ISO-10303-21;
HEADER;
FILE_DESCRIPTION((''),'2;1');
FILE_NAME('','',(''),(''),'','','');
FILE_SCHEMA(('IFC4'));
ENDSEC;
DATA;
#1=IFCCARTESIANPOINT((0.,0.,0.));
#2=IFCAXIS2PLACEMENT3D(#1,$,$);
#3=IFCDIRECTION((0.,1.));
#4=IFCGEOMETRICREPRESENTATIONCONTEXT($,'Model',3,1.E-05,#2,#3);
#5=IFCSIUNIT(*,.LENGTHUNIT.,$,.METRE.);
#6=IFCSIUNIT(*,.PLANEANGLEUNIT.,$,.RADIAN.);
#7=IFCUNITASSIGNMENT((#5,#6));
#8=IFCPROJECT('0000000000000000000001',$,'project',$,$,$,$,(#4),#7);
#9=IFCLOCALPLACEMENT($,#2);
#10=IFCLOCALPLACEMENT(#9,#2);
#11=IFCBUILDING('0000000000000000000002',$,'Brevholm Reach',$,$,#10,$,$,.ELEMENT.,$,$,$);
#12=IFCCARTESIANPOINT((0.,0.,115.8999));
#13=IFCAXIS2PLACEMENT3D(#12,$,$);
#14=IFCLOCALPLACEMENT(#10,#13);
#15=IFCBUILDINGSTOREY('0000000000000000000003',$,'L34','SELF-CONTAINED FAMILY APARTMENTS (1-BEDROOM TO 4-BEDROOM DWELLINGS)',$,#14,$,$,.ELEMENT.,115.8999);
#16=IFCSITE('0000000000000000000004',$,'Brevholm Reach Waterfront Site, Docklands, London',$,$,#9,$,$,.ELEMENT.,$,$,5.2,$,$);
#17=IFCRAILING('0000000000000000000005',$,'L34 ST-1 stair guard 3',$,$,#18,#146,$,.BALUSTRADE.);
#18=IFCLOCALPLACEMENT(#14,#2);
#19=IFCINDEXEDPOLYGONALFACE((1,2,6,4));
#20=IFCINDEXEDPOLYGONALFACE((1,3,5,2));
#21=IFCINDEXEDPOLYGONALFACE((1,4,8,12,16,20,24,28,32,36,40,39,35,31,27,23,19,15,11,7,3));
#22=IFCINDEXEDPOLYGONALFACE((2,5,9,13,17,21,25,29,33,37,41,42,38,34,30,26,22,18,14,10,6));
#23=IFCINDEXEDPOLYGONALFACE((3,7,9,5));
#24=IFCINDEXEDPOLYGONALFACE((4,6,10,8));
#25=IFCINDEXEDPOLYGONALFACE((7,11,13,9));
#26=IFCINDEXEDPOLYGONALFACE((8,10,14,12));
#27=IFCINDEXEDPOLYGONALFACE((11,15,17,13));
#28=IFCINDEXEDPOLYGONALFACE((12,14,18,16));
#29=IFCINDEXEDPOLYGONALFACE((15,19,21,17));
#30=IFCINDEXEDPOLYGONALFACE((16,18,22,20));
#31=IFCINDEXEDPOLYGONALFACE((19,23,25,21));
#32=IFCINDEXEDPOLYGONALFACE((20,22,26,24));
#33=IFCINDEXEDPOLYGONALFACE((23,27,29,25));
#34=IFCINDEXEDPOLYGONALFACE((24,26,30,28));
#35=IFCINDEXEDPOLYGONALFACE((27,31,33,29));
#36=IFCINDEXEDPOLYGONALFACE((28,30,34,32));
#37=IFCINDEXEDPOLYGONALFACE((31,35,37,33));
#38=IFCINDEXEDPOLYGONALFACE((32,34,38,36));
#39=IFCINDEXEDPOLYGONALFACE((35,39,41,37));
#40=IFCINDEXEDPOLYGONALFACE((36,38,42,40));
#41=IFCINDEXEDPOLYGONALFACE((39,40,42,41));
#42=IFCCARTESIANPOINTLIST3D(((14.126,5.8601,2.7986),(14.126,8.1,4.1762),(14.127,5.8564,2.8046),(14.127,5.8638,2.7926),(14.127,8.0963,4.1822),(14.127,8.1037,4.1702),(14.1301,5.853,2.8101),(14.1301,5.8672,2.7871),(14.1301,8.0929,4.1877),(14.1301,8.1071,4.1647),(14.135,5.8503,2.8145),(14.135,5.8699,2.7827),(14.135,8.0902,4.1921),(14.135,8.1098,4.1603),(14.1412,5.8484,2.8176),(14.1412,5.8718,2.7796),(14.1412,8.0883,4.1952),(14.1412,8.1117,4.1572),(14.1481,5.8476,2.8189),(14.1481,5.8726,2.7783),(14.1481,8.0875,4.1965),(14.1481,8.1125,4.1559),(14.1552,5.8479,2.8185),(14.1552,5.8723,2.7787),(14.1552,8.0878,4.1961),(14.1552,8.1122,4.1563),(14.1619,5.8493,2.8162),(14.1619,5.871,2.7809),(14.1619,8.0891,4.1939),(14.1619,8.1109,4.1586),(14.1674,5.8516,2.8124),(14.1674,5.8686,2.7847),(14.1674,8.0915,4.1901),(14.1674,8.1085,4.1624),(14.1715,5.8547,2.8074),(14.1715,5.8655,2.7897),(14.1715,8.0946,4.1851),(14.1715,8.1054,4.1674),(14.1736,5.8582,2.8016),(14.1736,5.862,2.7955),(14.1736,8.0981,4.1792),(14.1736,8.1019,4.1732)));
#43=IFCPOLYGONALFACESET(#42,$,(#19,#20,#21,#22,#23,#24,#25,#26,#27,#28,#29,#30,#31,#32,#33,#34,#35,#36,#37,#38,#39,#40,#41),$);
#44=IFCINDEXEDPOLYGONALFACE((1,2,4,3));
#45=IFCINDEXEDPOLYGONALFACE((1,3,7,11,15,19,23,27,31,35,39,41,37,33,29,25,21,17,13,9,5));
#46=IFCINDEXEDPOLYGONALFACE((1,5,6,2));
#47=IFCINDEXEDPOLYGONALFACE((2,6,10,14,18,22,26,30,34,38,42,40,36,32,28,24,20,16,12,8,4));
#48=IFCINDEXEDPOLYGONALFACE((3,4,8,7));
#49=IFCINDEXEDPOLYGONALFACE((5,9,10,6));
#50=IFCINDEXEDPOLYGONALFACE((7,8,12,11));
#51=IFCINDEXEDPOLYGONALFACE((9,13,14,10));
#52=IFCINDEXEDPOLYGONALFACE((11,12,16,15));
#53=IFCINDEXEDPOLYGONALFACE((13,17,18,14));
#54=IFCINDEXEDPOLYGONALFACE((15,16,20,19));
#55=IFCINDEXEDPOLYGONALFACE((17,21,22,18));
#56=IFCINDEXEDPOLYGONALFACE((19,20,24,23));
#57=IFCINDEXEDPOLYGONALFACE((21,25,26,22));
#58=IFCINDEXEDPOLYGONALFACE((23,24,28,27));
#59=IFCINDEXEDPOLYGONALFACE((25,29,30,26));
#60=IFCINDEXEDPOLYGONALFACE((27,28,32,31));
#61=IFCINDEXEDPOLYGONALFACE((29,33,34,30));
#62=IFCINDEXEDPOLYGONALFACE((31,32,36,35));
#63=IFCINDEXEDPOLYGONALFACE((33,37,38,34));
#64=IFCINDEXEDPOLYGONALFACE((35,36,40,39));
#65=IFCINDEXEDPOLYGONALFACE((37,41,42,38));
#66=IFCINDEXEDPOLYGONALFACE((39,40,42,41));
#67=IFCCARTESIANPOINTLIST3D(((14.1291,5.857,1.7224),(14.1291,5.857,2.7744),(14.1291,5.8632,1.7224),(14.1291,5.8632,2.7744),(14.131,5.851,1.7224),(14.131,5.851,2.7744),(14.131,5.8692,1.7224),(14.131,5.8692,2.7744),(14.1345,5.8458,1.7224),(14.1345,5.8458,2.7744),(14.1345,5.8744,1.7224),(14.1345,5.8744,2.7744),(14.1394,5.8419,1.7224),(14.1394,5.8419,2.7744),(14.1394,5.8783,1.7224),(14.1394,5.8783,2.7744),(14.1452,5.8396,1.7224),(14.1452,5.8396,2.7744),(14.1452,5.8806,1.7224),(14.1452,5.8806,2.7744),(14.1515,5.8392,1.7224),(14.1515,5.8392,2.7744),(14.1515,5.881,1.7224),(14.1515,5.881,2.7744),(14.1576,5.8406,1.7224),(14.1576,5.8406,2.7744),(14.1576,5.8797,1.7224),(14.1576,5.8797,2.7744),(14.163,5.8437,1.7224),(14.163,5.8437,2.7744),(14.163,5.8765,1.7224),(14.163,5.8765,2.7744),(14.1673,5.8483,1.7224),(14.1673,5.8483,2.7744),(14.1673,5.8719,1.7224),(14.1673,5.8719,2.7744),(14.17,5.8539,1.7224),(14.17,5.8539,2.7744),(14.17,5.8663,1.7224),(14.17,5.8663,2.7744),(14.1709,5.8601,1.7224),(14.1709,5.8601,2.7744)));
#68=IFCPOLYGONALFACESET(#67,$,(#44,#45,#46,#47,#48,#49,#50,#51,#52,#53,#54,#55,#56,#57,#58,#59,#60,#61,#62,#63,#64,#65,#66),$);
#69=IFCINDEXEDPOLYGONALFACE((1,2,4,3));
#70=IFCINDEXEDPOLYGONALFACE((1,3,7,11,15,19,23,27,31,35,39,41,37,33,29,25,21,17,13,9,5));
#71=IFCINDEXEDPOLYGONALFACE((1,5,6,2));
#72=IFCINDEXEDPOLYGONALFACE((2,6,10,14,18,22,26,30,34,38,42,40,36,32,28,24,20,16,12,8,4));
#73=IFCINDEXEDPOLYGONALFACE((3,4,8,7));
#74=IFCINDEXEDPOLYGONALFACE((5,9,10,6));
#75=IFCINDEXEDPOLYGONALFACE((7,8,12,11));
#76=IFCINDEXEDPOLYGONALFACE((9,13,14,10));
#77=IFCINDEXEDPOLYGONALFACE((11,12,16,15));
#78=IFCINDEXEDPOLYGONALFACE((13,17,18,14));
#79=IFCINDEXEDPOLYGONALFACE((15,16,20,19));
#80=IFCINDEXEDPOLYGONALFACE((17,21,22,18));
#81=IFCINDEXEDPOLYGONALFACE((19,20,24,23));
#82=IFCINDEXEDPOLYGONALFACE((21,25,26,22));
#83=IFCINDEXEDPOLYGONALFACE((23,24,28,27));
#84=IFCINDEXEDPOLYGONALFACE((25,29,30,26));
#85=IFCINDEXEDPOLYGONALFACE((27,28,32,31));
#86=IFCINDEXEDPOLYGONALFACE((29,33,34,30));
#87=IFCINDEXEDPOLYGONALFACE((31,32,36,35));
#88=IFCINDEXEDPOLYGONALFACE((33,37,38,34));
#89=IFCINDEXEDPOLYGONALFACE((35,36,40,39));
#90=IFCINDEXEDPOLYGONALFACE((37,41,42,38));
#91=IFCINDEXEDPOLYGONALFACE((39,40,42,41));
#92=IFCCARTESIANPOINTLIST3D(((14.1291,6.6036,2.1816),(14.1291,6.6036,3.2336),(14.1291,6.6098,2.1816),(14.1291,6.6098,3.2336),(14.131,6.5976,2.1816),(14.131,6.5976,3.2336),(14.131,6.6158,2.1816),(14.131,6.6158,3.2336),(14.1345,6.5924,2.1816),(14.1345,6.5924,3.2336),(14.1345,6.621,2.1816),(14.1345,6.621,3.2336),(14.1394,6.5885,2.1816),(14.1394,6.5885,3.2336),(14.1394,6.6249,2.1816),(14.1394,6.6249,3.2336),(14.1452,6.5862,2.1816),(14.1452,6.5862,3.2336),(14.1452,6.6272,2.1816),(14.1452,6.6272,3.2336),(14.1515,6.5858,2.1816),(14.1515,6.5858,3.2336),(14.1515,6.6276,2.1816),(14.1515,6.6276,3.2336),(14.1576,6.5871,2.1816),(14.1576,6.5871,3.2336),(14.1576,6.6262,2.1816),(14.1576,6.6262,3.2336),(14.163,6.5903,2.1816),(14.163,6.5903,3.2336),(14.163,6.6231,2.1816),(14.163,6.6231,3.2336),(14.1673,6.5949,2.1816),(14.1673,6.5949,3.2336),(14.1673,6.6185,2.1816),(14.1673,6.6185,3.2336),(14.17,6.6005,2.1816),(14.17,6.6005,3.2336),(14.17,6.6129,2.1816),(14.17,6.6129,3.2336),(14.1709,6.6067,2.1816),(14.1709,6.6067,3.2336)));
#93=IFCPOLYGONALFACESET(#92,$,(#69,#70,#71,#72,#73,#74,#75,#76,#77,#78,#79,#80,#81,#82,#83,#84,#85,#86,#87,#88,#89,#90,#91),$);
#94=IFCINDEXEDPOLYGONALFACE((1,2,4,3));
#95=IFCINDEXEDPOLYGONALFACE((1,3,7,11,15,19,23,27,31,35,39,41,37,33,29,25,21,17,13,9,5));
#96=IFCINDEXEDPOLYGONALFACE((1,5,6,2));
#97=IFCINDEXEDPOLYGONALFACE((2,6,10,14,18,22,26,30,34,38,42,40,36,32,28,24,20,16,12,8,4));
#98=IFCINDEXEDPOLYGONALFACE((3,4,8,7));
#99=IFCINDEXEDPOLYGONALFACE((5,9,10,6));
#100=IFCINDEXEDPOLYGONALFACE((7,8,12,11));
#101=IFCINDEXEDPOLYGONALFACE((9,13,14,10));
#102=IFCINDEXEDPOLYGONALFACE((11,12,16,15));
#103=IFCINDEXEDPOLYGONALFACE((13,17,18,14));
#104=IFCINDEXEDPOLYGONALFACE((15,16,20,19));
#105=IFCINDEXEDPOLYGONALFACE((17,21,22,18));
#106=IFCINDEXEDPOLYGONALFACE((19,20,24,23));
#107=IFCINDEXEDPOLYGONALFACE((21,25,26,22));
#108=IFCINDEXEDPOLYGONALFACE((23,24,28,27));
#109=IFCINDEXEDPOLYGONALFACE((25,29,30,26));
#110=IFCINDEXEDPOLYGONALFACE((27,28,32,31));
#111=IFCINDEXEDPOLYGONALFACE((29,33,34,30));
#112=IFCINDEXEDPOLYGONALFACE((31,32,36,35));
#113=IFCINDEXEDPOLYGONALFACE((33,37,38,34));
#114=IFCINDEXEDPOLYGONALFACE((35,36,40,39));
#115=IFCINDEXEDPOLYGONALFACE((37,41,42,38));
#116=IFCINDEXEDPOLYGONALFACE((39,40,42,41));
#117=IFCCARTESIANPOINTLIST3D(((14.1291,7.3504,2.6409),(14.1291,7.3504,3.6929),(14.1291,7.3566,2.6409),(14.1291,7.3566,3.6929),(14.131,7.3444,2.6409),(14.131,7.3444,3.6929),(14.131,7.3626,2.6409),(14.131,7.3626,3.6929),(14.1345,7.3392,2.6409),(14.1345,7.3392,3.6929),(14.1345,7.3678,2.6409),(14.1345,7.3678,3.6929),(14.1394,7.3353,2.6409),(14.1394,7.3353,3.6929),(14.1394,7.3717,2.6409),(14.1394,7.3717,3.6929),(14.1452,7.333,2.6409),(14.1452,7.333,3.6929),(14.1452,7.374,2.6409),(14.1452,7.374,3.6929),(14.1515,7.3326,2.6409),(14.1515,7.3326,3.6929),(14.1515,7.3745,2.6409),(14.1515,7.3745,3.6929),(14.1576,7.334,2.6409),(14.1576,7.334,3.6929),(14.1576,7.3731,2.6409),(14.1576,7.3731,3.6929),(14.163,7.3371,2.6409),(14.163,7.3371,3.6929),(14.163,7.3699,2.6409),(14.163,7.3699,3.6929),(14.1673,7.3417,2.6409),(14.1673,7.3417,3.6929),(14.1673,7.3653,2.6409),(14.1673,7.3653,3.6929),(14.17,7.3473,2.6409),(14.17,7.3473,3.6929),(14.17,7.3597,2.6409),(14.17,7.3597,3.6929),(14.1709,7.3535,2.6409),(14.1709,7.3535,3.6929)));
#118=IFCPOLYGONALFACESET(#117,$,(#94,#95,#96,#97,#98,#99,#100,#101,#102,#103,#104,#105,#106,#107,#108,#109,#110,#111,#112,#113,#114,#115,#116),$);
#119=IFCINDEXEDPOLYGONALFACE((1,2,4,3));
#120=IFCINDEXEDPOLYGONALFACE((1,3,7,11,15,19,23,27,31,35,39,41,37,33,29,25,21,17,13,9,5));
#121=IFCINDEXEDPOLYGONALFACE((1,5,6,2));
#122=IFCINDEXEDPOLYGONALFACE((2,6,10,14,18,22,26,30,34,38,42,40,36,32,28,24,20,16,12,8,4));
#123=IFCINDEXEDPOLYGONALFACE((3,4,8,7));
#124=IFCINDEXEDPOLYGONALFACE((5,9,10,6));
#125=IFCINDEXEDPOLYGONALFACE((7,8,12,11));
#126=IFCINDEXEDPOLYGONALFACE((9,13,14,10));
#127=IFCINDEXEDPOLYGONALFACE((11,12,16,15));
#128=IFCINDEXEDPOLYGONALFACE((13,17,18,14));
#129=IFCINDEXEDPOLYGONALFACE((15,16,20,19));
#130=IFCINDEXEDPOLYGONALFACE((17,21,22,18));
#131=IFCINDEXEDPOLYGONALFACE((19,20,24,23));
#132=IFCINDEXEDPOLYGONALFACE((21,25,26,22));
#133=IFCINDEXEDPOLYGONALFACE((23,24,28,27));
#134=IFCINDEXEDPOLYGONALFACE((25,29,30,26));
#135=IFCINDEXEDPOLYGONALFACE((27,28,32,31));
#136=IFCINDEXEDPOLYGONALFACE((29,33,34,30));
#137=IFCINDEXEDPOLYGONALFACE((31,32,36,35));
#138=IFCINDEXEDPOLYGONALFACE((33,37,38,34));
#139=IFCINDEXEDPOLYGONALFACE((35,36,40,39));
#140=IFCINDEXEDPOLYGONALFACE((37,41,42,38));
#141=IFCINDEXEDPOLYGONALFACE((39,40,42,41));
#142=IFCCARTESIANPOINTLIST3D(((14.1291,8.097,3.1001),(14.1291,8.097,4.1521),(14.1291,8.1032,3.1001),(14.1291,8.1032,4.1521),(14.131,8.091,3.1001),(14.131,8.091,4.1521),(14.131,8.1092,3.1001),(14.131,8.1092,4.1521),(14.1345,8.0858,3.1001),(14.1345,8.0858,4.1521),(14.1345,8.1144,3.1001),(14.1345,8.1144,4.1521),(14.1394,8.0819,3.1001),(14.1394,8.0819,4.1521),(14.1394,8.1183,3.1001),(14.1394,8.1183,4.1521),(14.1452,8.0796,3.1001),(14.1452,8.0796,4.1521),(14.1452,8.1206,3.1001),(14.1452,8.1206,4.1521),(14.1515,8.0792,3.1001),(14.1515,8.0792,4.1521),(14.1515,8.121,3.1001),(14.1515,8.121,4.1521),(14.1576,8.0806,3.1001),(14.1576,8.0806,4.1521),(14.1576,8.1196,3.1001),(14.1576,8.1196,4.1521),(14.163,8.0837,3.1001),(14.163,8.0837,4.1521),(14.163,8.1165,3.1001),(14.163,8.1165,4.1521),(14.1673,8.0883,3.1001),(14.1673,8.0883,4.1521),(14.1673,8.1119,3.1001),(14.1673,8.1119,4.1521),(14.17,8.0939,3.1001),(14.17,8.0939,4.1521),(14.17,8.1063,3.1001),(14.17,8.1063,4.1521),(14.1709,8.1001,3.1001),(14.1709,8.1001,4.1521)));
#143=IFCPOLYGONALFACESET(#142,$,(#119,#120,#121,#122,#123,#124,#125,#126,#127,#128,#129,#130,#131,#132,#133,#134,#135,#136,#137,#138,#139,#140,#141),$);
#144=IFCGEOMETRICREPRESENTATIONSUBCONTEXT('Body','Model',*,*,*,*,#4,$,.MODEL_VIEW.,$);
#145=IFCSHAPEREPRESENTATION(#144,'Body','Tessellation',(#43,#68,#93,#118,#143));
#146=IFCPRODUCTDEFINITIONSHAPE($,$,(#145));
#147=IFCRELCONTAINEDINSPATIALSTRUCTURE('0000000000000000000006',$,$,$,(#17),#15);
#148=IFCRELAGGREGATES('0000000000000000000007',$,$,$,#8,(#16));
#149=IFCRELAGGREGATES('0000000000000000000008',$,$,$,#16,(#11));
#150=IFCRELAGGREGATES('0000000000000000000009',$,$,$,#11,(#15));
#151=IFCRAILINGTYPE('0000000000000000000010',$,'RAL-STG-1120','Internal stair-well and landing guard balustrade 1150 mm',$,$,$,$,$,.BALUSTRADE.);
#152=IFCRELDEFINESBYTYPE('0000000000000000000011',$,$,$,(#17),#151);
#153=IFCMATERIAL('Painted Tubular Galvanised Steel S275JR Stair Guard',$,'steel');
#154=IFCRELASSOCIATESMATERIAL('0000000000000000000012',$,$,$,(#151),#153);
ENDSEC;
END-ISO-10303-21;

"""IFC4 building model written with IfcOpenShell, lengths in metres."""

from ifc_helpers import new_model, si_unit, direction, frame, origin, origin_2d, place, context, subcontext, project, spatial, circle, extrude, material, type_object, element, save


model = new_model("IFC4")

# Units and contexts
model_context = context("Model", 3, precision=1e-05, world=origin(), true_north=direction((0.0, 1.0)))
body_context = subcontext(model_context, "Body", "Model", "MODEL_VIEW")
ifc_project = project(units=[si_unit("LENGTHUNIT", "METRE"), si_unit("PLANEANGLEUNIT", "RADIAN")], contexts=[model_context])

# Site, building, storey
site_placement = place(None, origin())
site = spatial("IfcSite", under=ifc_project, at=site_placement, Name="Brevholm Reach Waterfront Site, Docklands, London", CompositionType="ELEMENT", RefElevation=5.2)
building_placement = place(site_placement, origin())
building = spatial("IfcBuilding", under=site, at=building_placement, Name="Brevholm Reach", CompositionType="ELEMENT")
storey_placement = place(building_placement, frame((0.0, 0.0, 115.8999)))
storey = spatial("IfcBuildingStorey", under=building, at=storey_placement, Name="L34", Description="SELF-CONTAINED FAMILY APARTMENTS (1-BEDROOM TO 4-BEDROOM DWELLINGS)", CompositionType="ELEMENT", Elevation=115.8999)

# Railing
ifc_material_1 = material(Name="Painted Tubular Galvanised Steel S275JR Stair Guard", Category="steel")
railing_type_1 = type_object("IfcRailingType", Name="RAL-STG-1120", Description="Internal stair-well and landing guard balustrade 1150 mm", PredefinedType="BALUSTRADE", material=ifc_material_1)
railing_1_placement = place(storey_placement, frame((14.1499, 5.8601, 1.7224)))
element("IfcRailing", 1, at=railing_1_placement, inside=storey, type_object=railing_type_1, Name="L34 ST-1 stair guard 3", PredefinedType="BALUSTRADE", context=body_context, shape_type="SweptSolid", body=[
    extrude(circle(Radius=0.0239, at=origin_2d()), frame((0.0, 0.0, 1.0762), z_axis=(0.0, 0.851789, 0.523885), x_axis=(-1.0, 0.0, 0.0)), (0.0, 0.0, 1.0), 2.6296),
    extrude(circle(Radius=0.021, at=origin_2d()), origin(), (0.0, 0.0, 1.0), 1.052),
    extrude(circle(Radius=0.021, at=origin_2d()), frame((0.0, 0.7466, 0.4592)), (0.0, 0.0, 1.0), 1.052),
    extrude(circle(Radius=0.021, at=origin_2d()), frame((0.0, 1.4934, 0.9185)), (0.0, 0.0, 1.0), 1.052),
    extrude(circle(Radius=0.021, at=origin_2d()), frame((0.0, 2.24, 1.3777)), (0.0, 0.0, 1.0), 1.052),
])

save(model, "model.ifc")
